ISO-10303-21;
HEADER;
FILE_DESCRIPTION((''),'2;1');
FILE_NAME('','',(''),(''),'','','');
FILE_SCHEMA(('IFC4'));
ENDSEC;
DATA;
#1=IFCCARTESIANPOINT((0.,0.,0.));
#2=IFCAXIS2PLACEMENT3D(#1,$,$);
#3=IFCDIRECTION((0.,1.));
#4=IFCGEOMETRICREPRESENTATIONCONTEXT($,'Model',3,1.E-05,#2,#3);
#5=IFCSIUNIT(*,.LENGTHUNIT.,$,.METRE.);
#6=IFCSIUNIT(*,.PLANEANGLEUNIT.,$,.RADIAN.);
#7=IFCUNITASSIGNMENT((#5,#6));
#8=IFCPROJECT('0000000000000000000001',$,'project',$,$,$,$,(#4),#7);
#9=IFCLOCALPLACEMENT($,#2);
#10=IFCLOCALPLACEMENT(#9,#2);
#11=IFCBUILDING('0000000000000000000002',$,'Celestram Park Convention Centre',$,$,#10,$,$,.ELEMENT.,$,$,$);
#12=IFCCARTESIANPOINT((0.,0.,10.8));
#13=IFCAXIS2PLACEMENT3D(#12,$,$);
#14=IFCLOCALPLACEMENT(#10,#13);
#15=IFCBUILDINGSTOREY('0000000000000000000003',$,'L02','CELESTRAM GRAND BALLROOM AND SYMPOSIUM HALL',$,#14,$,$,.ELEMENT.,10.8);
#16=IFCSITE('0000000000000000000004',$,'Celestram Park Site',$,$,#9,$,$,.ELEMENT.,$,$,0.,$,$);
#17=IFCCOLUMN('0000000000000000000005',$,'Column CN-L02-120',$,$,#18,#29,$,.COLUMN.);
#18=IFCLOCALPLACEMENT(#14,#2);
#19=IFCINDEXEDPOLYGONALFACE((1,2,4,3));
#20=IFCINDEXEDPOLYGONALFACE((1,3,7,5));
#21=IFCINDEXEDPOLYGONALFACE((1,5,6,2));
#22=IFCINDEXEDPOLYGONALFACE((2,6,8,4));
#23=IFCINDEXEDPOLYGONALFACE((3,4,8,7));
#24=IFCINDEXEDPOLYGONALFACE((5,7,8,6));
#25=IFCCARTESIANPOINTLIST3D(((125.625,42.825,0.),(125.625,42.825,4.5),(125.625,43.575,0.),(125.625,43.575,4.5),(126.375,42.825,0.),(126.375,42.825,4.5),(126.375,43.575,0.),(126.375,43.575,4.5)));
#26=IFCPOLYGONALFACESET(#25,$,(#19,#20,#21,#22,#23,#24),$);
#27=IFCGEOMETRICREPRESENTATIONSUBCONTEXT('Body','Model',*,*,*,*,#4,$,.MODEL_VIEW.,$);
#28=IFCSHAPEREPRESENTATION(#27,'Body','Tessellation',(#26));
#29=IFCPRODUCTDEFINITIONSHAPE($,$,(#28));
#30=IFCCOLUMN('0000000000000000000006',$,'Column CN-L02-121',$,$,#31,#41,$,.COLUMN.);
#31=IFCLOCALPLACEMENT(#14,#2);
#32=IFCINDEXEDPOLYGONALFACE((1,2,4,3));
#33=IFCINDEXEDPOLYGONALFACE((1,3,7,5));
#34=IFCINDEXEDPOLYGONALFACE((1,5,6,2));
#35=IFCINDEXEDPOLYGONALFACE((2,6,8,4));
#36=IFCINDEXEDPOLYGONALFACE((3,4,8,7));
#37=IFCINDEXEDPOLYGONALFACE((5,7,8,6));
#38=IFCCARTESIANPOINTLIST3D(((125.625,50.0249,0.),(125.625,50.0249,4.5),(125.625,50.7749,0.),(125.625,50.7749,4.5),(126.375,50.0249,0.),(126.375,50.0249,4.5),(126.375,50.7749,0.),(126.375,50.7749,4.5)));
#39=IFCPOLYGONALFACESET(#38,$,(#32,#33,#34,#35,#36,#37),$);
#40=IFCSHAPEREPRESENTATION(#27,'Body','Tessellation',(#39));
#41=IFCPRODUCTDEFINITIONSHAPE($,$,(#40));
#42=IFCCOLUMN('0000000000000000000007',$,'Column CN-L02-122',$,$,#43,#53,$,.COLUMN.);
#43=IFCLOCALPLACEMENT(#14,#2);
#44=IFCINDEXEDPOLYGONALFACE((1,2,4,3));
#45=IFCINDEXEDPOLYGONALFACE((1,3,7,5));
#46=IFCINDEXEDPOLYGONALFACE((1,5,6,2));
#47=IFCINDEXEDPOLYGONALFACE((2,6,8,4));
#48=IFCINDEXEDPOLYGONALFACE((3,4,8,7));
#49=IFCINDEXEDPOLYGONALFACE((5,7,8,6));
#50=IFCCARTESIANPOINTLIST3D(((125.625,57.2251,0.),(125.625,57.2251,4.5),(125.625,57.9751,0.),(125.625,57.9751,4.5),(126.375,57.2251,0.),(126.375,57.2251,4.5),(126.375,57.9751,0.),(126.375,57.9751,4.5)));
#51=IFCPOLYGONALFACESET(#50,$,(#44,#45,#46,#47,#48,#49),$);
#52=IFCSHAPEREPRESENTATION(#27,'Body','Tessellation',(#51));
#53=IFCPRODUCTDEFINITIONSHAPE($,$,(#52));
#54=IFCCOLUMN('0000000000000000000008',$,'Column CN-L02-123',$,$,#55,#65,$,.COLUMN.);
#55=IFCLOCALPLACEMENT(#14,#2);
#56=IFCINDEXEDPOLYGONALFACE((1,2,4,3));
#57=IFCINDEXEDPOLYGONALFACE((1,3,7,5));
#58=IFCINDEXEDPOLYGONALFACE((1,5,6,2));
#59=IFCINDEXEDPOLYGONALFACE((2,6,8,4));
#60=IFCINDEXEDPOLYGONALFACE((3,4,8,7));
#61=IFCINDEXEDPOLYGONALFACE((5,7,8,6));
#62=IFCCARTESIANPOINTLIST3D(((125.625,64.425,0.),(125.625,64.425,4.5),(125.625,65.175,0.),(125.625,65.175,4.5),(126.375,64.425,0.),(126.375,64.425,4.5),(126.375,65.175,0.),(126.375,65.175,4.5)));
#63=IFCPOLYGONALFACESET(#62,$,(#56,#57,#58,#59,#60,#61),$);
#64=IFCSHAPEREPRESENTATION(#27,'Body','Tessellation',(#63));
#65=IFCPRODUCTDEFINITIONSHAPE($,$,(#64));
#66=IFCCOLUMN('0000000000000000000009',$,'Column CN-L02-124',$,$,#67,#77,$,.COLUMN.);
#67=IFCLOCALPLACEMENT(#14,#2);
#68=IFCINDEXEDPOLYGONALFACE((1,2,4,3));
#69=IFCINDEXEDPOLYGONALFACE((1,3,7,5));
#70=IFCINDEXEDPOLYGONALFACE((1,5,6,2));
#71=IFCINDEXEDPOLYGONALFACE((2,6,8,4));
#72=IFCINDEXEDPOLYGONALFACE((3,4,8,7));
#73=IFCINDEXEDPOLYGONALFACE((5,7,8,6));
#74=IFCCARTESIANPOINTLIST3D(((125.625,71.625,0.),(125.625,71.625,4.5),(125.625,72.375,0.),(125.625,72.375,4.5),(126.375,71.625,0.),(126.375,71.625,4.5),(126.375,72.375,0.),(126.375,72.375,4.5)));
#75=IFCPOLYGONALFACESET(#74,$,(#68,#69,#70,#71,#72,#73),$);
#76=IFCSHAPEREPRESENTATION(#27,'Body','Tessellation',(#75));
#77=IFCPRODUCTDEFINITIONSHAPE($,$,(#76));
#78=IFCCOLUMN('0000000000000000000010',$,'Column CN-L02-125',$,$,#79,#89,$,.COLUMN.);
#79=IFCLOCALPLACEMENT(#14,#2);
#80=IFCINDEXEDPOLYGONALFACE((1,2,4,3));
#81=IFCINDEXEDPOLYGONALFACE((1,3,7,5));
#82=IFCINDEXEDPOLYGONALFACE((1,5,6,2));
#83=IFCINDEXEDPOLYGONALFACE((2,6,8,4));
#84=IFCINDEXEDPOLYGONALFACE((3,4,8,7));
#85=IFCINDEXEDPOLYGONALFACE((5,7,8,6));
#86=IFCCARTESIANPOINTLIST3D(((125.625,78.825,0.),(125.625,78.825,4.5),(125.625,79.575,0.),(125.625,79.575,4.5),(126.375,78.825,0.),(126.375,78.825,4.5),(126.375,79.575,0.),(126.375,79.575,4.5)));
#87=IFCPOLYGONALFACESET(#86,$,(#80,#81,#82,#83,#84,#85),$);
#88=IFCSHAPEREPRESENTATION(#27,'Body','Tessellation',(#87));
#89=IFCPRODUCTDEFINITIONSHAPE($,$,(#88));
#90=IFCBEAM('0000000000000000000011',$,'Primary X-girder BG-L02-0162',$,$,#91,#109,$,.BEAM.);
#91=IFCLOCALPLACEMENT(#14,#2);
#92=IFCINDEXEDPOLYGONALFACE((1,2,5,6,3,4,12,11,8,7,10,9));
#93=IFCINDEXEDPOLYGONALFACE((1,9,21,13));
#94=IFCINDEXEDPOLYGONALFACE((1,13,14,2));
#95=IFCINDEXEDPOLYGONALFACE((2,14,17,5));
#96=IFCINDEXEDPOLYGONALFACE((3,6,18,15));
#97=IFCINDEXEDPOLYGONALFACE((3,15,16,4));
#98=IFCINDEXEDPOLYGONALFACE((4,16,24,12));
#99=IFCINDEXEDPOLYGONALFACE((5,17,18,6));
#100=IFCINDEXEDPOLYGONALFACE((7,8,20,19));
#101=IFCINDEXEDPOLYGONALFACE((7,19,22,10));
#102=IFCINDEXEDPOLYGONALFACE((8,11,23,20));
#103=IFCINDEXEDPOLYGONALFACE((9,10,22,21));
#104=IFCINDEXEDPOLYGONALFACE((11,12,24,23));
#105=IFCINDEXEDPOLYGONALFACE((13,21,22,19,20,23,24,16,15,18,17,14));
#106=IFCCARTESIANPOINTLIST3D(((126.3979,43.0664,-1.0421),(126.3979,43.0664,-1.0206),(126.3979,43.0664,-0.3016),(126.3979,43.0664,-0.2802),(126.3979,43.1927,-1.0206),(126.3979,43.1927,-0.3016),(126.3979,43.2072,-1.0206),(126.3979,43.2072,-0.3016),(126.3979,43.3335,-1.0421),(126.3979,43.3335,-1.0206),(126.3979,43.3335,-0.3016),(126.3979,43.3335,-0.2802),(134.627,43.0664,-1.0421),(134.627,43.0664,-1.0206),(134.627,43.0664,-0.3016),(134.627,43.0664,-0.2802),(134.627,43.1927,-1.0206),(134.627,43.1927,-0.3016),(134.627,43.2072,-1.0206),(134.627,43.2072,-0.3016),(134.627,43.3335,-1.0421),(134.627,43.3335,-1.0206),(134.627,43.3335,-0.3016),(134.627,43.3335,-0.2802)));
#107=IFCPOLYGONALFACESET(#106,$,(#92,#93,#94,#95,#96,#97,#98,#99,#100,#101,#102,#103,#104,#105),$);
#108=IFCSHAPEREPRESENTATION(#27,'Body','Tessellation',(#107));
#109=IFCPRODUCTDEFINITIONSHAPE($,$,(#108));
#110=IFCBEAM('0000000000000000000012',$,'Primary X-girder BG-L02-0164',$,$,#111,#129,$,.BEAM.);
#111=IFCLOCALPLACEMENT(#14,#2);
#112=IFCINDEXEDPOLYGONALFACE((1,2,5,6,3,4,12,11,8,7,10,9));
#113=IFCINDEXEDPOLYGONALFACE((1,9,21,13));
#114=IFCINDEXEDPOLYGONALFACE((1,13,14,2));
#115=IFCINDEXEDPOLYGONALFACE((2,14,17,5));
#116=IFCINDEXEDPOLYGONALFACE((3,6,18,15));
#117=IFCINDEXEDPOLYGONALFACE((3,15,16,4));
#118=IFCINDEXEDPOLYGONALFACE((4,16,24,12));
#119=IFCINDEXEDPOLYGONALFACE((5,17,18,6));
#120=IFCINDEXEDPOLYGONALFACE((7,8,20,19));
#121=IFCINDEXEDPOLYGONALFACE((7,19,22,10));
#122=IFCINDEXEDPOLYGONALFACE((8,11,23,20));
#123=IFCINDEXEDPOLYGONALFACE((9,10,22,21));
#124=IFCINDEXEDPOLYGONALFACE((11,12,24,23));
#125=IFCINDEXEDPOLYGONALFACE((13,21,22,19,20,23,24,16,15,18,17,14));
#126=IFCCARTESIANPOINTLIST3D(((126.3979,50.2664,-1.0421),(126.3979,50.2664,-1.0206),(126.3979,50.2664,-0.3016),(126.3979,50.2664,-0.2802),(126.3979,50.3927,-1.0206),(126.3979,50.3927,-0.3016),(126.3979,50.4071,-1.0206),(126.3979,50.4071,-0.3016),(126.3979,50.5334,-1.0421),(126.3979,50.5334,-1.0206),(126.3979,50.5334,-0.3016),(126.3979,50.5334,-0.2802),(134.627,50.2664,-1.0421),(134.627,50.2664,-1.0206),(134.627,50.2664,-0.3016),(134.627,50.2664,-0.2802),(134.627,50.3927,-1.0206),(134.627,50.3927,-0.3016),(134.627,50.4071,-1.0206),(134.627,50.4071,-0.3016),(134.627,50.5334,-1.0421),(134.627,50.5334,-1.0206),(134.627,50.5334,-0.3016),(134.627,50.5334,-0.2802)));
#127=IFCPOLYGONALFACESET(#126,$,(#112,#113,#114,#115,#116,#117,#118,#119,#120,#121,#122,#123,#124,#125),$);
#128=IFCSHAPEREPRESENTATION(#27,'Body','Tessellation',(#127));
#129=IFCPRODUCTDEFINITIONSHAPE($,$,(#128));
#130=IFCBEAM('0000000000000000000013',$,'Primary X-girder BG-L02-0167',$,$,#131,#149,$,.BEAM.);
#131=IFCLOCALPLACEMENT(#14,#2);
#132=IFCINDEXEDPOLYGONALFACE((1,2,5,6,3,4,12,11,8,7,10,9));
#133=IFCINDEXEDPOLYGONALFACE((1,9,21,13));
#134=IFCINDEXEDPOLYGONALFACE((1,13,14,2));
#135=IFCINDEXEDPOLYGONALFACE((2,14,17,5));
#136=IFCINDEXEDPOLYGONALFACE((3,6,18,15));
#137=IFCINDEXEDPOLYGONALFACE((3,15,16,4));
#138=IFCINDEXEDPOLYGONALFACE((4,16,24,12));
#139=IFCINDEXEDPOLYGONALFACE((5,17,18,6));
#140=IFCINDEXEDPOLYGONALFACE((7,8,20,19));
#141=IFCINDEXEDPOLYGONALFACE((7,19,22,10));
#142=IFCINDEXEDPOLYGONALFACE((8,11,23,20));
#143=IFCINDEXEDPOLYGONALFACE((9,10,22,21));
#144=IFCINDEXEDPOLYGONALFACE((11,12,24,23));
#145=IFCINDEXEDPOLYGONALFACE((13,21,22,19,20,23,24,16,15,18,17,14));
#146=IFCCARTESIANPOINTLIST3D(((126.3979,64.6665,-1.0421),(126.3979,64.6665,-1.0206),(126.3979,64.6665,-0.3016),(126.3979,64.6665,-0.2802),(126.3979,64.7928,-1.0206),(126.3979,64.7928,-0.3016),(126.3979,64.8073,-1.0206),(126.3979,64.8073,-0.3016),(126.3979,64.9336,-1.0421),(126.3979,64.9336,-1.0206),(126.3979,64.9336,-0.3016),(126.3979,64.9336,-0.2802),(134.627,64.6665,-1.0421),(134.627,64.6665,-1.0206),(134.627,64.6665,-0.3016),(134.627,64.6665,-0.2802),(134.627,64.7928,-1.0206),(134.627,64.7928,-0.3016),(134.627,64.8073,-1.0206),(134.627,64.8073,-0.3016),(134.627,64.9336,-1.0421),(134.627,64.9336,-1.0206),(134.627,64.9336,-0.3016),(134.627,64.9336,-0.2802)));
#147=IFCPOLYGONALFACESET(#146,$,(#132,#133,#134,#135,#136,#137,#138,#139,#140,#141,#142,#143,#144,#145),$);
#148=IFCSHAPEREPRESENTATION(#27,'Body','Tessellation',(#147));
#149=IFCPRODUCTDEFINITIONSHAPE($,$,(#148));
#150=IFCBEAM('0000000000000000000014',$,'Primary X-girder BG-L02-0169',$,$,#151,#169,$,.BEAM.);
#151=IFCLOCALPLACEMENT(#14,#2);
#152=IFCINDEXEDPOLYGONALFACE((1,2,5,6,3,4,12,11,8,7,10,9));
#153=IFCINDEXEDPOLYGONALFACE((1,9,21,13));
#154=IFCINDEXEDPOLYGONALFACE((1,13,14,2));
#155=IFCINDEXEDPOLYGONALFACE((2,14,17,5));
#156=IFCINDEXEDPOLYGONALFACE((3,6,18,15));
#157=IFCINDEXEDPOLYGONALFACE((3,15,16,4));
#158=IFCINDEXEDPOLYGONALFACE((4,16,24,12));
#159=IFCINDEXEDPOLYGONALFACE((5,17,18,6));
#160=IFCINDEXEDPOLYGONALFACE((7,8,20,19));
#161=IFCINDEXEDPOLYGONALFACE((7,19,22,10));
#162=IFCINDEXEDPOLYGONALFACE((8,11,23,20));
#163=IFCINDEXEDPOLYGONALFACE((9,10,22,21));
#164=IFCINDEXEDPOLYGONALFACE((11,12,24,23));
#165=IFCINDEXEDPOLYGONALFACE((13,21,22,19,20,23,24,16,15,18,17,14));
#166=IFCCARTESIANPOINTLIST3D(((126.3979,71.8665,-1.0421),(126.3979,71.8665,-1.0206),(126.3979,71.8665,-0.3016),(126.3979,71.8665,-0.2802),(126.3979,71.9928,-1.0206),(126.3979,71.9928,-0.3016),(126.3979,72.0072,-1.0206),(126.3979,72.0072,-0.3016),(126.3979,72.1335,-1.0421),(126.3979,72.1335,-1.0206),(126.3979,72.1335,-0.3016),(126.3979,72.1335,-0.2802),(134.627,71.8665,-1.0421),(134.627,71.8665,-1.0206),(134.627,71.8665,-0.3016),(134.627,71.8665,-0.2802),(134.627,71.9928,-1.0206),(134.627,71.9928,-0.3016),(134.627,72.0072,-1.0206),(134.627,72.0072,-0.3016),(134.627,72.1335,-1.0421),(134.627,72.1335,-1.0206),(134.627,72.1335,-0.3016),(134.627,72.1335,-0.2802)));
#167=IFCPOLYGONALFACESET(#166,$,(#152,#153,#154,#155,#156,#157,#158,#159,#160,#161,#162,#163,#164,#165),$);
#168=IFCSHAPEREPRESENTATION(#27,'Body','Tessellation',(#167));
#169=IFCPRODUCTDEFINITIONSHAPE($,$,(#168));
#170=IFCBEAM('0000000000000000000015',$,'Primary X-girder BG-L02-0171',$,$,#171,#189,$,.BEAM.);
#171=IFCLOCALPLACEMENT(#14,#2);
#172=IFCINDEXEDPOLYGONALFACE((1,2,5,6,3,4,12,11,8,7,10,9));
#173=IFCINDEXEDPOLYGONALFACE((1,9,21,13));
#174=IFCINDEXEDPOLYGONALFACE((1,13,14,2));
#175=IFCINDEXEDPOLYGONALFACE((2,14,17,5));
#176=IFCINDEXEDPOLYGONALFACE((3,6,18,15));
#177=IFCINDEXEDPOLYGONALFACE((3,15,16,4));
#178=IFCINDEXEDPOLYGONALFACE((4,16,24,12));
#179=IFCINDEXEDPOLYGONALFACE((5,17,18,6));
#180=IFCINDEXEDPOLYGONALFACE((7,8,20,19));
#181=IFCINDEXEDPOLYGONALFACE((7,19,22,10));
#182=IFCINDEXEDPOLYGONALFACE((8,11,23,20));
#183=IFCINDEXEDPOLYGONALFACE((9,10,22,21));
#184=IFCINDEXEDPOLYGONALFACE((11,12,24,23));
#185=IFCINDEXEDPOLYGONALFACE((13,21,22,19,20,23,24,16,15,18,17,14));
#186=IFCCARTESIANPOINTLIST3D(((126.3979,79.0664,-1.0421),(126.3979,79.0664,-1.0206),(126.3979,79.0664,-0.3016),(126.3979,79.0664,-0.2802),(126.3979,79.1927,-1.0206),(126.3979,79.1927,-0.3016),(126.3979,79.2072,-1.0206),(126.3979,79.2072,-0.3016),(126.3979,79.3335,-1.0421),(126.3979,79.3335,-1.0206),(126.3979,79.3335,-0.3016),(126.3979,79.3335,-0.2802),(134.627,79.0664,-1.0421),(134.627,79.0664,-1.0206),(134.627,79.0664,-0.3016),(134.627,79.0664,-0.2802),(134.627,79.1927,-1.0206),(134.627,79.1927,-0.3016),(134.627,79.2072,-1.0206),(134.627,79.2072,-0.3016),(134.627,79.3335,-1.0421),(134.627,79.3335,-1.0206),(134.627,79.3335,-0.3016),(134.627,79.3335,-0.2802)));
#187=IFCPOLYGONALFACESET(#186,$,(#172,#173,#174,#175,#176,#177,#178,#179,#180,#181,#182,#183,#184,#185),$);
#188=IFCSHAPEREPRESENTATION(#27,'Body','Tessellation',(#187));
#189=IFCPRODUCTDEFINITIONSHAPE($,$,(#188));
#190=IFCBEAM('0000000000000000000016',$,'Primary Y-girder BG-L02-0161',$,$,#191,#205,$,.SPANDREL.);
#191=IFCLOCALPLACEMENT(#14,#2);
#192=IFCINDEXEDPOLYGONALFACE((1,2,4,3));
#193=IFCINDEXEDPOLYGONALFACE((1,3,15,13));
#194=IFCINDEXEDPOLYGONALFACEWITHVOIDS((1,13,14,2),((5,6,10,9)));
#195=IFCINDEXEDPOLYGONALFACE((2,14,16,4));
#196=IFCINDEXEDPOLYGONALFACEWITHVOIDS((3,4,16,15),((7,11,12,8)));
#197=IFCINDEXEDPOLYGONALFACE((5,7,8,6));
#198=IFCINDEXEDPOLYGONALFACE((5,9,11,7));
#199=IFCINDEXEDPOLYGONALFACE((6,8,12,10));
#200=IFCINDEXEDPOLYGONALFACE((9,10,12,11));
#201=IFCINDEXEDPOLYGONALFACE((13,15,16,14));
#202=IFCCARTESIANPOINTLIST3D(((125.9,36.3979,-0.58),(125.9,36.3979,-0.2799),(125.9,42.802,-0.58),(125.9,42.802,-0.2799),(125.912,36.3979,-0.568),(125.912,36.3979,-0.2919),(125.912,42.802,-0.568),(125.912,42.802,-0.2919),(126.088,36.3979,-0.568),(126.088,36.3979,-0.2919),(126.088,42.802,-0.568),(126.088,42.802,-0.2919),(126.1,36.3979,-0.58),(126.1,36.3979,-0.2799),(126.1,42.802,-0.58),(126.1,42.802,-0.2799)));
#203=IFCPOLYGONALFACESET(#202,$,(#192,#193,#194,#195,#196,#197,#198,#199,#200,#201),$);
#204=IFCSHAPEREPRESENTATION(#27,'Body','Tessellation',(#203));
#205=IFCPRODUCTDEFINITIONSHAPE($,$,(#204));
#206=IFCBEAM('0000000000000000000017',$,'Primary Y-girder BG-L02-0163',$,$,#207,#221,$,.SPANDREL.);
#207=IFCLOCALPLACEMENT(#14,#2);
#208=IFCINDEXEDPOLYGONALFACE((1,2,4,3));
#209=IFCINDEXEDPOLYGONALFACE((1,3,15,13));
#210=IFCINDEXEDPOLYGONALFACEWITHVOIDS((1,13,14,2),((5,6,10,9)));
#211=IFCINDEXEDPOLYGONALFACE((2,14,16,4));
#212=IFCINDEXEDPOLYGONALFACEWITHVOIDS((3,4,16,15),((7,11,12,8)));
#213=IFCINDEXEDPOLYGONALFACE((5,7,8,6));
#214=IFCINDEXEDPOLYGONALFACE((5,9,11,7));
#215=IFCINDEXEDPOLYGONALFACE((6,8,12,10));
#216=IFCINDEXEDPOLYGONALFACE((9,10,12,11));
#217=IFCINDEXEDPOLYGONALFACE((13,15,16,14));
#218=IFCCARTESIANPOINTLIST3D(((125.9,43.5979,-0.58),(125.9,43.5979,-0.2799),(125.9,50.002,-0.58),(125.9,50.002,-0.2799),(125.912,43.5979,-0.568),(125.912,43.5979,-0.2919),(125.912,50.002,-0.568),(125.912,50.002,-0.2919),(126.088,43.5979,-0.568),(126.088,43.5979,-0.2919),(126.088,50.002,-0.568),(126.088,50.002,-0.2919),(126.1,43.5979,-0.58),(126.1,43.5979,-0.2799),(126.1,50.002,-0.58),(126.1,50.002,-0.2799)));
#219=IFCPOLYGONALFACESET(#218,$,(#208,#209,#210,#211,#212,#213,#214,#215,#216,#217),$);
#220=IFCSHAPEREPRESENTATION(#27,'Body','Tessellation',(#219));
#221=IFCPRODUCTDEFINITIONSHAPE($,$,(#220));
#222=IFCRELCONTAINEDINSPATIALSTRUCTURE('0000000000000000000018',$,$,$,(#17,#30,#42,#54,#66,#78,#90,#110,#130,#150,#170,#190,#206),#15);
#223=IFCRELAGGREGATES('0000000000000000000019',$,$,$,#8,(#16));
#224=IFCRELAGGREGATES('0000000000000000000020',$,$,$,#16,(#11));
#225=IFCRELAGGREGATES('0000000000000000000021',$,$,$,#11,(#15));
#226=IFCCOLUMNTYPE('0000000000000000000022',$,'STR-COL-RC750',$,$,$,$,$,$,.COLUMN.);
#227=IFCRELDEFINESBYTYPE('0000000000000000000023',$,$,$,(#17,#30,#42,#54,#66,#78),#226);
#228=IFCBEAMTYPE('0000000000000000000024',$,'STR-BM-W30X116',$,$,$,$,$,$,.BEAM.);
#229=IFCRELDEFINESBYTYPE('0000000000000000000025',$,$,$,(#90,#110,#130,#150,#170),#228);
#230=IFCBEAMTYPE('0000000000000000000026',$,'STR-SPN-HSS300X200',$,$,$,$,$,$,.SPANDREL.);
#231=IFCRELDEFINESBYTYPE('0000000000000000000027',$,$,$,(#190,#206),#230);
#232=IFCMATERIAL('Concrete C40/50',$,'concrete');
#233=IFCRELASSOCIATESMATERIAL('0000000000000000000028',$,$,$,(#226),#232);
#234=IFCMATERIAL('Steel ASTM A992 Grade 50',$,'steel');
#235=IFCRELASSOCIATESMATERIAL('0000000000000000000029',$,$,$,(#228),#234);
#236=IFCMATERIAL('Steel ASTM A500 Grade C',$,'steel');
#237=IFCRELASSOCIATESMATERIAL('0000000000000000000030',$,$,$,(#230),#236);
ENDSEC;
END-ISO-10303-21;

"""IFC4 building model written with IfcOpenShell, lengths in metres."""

from ifc_helpers import new_model, si_unit, direction, frame, origin, origin_2d, place, context, subcontext, project, spatial, rectangle, hollow_rectangle, i_section, extrude, material, material_profile, profile_set, type_object, element, save


model = new_model("IFC4")

# Units and contexts
model_context = context("Model", 3, precision=1e-05, world=origin(), true_north=direction((0.0, 1.0)))
body_context = subcontext(model_context, "Body", "Model", "MODEL_VIEW")
ifc_project = project(units=[si_unit("LENGTHUNIT", "METRE"), si_unit("PLANEANGLEUNIT", "RADIAN")], contexts=[model_context])

# Site, building, storey
site_placement = place(None, origin())
site = spatial("IfcSite", under=ifc_project, at=site_placement, Name="Celestram Park Site", CompositionType="ELEMENT", RefElevation=0.0)
building_placement = place(site_placement, origin())
building = spatial("IfcBuilding", under=site, at=building_placement, Name="Celestram Park Convention Centre", CompositionType="ELEMENT")
storey_placement = place(building_placement, frame((0.0, 0.0, 10.8)))
storey = spatial("IfcBuildingStorey", under=building, at=storey_placement, Name="L02", Description="CELESTRAM GRAND BALLROOM AND SYMPOSIUM HALL", CompositionType="ELEMENT", Elevation=10.8)

# Columns
ifc_material_1 = material(Name="Concrete C40/50", Category="concrete")
ifc_material_profile_1 = material_profile(ifc_material_1, rectangle(XDim=0.75, YDim=0.75, at=origin_2d()), Name="RC750X750")
ifc_profile_set_1 = profile_set([ifc_material_profile_1], Name="Concrete C40/50")
column_type = type_object("IfcColumnType", Name="STR-COL-RC750", PredefinedType="COLUMN", material=ifc_profile_set_1)
for number, where, z_axis, x_axis, name in (
    (1, (126.0, 43.2, 0.0), (0.0, 0.0, 1.0), (1.0, 0.0, 0.0), "Column CN-L02-120"),
    (2, (126.0, 50.3999, 0.0), (0.0, 0.0, 1.0), (1.0, 0.0, 0.0), "Column CN-L02-121"),
    (3, (126.0, 57.6001, 0.0), (0.0, 0.0, 1.0), (1.0, 0.0, 0.0), "Column CN-L02-122"),
    (4, (126.0, 64.8, 0.0), (0.0, 0.0, 1.0), (1.0, 0.0, 0.0), "Column CN-L02-123"),
    (5, (126.0, 72.0, 0.0), (0.0, 0.0, 1.0), (1.0, 0.0, 0.0), "Column CN-L02-124"),
    (6, (126.0, 79.2, 0.0), (0.0, 0.0, 1.0), (1.0, 0.0, 0.0), "Column CN-L02-125"),
):
    element("IfcColumn", number, at=place(storey_placement, frame(where, z_axis=z_axis, x_axis=x_axis)), inside=storey, type_object=column_type, Name=name, PredefinedType="COLUMN", context=body_context, shape_type="SweptSolid", body=[
        extrude(rectangle(XDim=0.75, YDim=0.75, at=origin_2d()), origin(), (0.0, 0.0, 1.0), 4.5),
    ])

# Beams
ifc_material_2 = material(Name="Steel ASTM A992 Grade 50", Category="steel")
ifc_material_profile_2 = material_profile(ifc_material_2, i_section(OverallWidth=0.2671, OverallDepth=0.762, WebThickness=0.0144, FlangeThickness=0.0215, at=origin_2d()), Name="W30X116")
ifc_profile_set_2 = profile_set([ifc_material_profile_2], Name="Steel ASTM A992 Grade 50")
beam_type_1 = type_object("IfcBeamType", Name="STR-BM-W30X116", PredefinedType="BEAM", material=ifc_profile_set_2)
for number, where, z_axis, x_axis, name in (
    (7, (126.3979, 43.2, -0.6611), (1.0, 0.0, 0.0), (0.0, 1.0, 0.0), "Primary X-girder BG-L02-0162"),
    (8, (126.3979, 50.3999, -0.6611), (1.0, 0.0, 0.0), (0.0, 1.0, 0.0), "Primary X-girder BG-L02-0164"),
    (9, (126.3979, 64.8, -0.6611), (1.0, 0.0, 0.0), (0.0, 1.0, 0.0), "Primary X-girder BG-L02-0167"),
    (10, (126.3979, 72.0, -0.6611), (1.0, 0.0, 0.0), (0.0, 1.0, 0.0), "Primary X-girder BG-L02-0169"),
    (11, (126.3979, 79.2, -0.6611), (1.0, 0.0, 0.0), (0.0, 1.0, 0.0), "Primary X-girder BG-L02-0171"),
):
    element("IfcBeam", number, at=place(storey_placement, frame(where, z_axis=z_axis, x_axis=x_axis)), inside=storey, type_object=beam_type_1, Name=name, PredefinedType="BEAM", context=body_context, shape_type="SweptSolid", body=[
        extrude(i_section(OverallWidth=0.2671, OverallDepth=0.762, WebThickness=0.0144, FlangeThickness=0.0215, at=origin_2d()), origin(), (0.0, 0.0, 1.0), 8.229),
    ])
ifc_material_3 = material(Name="Steel ASTM A500 Grade C", Category="steel")
ifc_material_profile_3 = material_profile(ifc_material_3, hollow_rectangle(XDim=0.2, YDim=0.3, WallThickness=0.012, at=origin_2d()), Name="HSS300X200X12")
ifc_profile_set_3 = profile_set([ifc_material_profile_3], Name="Steel ASTM A500 Grade C")
beam_type_2 = type_object("IfcBeamType", Name="STR-SPN-HSS300X200", PredefinedType="SPANDREL", material=ifc_profile_set_3)
for number, where, z_axis, x_axis, name in (
    (12, (126.0, 36.3979, -0.4299), (0.0, 1.0, 0.0), (-1.0, 0.0, 0.0), "Primary Y-girder BG-L02-0161"),
    (13, (126.0, 43.5979, -0.4299), (0.0, 1.0, 0.0), (-1.0, 0.0, 0.0), "Primary Y-girder BG-L02-0163"),
):
    element("IfcBeam", number, at=place(storey_placement, frame(where, z_axis=z_axis, x_axis=x_axis)), inside=storey, type_object=beam_type_2, Name=name, PredefinedType="SPANDREL", context=body_context, shape_type="SweptSolid", body=[
        extrude(hollow_rectangle(XDim=0.2, YDim=0.3, WallThickness=0.012, at=origin_2d()), origin(), (0.0, 0.0, 1.0), 6.4041),
    ])

save(model, "model.ifc")
